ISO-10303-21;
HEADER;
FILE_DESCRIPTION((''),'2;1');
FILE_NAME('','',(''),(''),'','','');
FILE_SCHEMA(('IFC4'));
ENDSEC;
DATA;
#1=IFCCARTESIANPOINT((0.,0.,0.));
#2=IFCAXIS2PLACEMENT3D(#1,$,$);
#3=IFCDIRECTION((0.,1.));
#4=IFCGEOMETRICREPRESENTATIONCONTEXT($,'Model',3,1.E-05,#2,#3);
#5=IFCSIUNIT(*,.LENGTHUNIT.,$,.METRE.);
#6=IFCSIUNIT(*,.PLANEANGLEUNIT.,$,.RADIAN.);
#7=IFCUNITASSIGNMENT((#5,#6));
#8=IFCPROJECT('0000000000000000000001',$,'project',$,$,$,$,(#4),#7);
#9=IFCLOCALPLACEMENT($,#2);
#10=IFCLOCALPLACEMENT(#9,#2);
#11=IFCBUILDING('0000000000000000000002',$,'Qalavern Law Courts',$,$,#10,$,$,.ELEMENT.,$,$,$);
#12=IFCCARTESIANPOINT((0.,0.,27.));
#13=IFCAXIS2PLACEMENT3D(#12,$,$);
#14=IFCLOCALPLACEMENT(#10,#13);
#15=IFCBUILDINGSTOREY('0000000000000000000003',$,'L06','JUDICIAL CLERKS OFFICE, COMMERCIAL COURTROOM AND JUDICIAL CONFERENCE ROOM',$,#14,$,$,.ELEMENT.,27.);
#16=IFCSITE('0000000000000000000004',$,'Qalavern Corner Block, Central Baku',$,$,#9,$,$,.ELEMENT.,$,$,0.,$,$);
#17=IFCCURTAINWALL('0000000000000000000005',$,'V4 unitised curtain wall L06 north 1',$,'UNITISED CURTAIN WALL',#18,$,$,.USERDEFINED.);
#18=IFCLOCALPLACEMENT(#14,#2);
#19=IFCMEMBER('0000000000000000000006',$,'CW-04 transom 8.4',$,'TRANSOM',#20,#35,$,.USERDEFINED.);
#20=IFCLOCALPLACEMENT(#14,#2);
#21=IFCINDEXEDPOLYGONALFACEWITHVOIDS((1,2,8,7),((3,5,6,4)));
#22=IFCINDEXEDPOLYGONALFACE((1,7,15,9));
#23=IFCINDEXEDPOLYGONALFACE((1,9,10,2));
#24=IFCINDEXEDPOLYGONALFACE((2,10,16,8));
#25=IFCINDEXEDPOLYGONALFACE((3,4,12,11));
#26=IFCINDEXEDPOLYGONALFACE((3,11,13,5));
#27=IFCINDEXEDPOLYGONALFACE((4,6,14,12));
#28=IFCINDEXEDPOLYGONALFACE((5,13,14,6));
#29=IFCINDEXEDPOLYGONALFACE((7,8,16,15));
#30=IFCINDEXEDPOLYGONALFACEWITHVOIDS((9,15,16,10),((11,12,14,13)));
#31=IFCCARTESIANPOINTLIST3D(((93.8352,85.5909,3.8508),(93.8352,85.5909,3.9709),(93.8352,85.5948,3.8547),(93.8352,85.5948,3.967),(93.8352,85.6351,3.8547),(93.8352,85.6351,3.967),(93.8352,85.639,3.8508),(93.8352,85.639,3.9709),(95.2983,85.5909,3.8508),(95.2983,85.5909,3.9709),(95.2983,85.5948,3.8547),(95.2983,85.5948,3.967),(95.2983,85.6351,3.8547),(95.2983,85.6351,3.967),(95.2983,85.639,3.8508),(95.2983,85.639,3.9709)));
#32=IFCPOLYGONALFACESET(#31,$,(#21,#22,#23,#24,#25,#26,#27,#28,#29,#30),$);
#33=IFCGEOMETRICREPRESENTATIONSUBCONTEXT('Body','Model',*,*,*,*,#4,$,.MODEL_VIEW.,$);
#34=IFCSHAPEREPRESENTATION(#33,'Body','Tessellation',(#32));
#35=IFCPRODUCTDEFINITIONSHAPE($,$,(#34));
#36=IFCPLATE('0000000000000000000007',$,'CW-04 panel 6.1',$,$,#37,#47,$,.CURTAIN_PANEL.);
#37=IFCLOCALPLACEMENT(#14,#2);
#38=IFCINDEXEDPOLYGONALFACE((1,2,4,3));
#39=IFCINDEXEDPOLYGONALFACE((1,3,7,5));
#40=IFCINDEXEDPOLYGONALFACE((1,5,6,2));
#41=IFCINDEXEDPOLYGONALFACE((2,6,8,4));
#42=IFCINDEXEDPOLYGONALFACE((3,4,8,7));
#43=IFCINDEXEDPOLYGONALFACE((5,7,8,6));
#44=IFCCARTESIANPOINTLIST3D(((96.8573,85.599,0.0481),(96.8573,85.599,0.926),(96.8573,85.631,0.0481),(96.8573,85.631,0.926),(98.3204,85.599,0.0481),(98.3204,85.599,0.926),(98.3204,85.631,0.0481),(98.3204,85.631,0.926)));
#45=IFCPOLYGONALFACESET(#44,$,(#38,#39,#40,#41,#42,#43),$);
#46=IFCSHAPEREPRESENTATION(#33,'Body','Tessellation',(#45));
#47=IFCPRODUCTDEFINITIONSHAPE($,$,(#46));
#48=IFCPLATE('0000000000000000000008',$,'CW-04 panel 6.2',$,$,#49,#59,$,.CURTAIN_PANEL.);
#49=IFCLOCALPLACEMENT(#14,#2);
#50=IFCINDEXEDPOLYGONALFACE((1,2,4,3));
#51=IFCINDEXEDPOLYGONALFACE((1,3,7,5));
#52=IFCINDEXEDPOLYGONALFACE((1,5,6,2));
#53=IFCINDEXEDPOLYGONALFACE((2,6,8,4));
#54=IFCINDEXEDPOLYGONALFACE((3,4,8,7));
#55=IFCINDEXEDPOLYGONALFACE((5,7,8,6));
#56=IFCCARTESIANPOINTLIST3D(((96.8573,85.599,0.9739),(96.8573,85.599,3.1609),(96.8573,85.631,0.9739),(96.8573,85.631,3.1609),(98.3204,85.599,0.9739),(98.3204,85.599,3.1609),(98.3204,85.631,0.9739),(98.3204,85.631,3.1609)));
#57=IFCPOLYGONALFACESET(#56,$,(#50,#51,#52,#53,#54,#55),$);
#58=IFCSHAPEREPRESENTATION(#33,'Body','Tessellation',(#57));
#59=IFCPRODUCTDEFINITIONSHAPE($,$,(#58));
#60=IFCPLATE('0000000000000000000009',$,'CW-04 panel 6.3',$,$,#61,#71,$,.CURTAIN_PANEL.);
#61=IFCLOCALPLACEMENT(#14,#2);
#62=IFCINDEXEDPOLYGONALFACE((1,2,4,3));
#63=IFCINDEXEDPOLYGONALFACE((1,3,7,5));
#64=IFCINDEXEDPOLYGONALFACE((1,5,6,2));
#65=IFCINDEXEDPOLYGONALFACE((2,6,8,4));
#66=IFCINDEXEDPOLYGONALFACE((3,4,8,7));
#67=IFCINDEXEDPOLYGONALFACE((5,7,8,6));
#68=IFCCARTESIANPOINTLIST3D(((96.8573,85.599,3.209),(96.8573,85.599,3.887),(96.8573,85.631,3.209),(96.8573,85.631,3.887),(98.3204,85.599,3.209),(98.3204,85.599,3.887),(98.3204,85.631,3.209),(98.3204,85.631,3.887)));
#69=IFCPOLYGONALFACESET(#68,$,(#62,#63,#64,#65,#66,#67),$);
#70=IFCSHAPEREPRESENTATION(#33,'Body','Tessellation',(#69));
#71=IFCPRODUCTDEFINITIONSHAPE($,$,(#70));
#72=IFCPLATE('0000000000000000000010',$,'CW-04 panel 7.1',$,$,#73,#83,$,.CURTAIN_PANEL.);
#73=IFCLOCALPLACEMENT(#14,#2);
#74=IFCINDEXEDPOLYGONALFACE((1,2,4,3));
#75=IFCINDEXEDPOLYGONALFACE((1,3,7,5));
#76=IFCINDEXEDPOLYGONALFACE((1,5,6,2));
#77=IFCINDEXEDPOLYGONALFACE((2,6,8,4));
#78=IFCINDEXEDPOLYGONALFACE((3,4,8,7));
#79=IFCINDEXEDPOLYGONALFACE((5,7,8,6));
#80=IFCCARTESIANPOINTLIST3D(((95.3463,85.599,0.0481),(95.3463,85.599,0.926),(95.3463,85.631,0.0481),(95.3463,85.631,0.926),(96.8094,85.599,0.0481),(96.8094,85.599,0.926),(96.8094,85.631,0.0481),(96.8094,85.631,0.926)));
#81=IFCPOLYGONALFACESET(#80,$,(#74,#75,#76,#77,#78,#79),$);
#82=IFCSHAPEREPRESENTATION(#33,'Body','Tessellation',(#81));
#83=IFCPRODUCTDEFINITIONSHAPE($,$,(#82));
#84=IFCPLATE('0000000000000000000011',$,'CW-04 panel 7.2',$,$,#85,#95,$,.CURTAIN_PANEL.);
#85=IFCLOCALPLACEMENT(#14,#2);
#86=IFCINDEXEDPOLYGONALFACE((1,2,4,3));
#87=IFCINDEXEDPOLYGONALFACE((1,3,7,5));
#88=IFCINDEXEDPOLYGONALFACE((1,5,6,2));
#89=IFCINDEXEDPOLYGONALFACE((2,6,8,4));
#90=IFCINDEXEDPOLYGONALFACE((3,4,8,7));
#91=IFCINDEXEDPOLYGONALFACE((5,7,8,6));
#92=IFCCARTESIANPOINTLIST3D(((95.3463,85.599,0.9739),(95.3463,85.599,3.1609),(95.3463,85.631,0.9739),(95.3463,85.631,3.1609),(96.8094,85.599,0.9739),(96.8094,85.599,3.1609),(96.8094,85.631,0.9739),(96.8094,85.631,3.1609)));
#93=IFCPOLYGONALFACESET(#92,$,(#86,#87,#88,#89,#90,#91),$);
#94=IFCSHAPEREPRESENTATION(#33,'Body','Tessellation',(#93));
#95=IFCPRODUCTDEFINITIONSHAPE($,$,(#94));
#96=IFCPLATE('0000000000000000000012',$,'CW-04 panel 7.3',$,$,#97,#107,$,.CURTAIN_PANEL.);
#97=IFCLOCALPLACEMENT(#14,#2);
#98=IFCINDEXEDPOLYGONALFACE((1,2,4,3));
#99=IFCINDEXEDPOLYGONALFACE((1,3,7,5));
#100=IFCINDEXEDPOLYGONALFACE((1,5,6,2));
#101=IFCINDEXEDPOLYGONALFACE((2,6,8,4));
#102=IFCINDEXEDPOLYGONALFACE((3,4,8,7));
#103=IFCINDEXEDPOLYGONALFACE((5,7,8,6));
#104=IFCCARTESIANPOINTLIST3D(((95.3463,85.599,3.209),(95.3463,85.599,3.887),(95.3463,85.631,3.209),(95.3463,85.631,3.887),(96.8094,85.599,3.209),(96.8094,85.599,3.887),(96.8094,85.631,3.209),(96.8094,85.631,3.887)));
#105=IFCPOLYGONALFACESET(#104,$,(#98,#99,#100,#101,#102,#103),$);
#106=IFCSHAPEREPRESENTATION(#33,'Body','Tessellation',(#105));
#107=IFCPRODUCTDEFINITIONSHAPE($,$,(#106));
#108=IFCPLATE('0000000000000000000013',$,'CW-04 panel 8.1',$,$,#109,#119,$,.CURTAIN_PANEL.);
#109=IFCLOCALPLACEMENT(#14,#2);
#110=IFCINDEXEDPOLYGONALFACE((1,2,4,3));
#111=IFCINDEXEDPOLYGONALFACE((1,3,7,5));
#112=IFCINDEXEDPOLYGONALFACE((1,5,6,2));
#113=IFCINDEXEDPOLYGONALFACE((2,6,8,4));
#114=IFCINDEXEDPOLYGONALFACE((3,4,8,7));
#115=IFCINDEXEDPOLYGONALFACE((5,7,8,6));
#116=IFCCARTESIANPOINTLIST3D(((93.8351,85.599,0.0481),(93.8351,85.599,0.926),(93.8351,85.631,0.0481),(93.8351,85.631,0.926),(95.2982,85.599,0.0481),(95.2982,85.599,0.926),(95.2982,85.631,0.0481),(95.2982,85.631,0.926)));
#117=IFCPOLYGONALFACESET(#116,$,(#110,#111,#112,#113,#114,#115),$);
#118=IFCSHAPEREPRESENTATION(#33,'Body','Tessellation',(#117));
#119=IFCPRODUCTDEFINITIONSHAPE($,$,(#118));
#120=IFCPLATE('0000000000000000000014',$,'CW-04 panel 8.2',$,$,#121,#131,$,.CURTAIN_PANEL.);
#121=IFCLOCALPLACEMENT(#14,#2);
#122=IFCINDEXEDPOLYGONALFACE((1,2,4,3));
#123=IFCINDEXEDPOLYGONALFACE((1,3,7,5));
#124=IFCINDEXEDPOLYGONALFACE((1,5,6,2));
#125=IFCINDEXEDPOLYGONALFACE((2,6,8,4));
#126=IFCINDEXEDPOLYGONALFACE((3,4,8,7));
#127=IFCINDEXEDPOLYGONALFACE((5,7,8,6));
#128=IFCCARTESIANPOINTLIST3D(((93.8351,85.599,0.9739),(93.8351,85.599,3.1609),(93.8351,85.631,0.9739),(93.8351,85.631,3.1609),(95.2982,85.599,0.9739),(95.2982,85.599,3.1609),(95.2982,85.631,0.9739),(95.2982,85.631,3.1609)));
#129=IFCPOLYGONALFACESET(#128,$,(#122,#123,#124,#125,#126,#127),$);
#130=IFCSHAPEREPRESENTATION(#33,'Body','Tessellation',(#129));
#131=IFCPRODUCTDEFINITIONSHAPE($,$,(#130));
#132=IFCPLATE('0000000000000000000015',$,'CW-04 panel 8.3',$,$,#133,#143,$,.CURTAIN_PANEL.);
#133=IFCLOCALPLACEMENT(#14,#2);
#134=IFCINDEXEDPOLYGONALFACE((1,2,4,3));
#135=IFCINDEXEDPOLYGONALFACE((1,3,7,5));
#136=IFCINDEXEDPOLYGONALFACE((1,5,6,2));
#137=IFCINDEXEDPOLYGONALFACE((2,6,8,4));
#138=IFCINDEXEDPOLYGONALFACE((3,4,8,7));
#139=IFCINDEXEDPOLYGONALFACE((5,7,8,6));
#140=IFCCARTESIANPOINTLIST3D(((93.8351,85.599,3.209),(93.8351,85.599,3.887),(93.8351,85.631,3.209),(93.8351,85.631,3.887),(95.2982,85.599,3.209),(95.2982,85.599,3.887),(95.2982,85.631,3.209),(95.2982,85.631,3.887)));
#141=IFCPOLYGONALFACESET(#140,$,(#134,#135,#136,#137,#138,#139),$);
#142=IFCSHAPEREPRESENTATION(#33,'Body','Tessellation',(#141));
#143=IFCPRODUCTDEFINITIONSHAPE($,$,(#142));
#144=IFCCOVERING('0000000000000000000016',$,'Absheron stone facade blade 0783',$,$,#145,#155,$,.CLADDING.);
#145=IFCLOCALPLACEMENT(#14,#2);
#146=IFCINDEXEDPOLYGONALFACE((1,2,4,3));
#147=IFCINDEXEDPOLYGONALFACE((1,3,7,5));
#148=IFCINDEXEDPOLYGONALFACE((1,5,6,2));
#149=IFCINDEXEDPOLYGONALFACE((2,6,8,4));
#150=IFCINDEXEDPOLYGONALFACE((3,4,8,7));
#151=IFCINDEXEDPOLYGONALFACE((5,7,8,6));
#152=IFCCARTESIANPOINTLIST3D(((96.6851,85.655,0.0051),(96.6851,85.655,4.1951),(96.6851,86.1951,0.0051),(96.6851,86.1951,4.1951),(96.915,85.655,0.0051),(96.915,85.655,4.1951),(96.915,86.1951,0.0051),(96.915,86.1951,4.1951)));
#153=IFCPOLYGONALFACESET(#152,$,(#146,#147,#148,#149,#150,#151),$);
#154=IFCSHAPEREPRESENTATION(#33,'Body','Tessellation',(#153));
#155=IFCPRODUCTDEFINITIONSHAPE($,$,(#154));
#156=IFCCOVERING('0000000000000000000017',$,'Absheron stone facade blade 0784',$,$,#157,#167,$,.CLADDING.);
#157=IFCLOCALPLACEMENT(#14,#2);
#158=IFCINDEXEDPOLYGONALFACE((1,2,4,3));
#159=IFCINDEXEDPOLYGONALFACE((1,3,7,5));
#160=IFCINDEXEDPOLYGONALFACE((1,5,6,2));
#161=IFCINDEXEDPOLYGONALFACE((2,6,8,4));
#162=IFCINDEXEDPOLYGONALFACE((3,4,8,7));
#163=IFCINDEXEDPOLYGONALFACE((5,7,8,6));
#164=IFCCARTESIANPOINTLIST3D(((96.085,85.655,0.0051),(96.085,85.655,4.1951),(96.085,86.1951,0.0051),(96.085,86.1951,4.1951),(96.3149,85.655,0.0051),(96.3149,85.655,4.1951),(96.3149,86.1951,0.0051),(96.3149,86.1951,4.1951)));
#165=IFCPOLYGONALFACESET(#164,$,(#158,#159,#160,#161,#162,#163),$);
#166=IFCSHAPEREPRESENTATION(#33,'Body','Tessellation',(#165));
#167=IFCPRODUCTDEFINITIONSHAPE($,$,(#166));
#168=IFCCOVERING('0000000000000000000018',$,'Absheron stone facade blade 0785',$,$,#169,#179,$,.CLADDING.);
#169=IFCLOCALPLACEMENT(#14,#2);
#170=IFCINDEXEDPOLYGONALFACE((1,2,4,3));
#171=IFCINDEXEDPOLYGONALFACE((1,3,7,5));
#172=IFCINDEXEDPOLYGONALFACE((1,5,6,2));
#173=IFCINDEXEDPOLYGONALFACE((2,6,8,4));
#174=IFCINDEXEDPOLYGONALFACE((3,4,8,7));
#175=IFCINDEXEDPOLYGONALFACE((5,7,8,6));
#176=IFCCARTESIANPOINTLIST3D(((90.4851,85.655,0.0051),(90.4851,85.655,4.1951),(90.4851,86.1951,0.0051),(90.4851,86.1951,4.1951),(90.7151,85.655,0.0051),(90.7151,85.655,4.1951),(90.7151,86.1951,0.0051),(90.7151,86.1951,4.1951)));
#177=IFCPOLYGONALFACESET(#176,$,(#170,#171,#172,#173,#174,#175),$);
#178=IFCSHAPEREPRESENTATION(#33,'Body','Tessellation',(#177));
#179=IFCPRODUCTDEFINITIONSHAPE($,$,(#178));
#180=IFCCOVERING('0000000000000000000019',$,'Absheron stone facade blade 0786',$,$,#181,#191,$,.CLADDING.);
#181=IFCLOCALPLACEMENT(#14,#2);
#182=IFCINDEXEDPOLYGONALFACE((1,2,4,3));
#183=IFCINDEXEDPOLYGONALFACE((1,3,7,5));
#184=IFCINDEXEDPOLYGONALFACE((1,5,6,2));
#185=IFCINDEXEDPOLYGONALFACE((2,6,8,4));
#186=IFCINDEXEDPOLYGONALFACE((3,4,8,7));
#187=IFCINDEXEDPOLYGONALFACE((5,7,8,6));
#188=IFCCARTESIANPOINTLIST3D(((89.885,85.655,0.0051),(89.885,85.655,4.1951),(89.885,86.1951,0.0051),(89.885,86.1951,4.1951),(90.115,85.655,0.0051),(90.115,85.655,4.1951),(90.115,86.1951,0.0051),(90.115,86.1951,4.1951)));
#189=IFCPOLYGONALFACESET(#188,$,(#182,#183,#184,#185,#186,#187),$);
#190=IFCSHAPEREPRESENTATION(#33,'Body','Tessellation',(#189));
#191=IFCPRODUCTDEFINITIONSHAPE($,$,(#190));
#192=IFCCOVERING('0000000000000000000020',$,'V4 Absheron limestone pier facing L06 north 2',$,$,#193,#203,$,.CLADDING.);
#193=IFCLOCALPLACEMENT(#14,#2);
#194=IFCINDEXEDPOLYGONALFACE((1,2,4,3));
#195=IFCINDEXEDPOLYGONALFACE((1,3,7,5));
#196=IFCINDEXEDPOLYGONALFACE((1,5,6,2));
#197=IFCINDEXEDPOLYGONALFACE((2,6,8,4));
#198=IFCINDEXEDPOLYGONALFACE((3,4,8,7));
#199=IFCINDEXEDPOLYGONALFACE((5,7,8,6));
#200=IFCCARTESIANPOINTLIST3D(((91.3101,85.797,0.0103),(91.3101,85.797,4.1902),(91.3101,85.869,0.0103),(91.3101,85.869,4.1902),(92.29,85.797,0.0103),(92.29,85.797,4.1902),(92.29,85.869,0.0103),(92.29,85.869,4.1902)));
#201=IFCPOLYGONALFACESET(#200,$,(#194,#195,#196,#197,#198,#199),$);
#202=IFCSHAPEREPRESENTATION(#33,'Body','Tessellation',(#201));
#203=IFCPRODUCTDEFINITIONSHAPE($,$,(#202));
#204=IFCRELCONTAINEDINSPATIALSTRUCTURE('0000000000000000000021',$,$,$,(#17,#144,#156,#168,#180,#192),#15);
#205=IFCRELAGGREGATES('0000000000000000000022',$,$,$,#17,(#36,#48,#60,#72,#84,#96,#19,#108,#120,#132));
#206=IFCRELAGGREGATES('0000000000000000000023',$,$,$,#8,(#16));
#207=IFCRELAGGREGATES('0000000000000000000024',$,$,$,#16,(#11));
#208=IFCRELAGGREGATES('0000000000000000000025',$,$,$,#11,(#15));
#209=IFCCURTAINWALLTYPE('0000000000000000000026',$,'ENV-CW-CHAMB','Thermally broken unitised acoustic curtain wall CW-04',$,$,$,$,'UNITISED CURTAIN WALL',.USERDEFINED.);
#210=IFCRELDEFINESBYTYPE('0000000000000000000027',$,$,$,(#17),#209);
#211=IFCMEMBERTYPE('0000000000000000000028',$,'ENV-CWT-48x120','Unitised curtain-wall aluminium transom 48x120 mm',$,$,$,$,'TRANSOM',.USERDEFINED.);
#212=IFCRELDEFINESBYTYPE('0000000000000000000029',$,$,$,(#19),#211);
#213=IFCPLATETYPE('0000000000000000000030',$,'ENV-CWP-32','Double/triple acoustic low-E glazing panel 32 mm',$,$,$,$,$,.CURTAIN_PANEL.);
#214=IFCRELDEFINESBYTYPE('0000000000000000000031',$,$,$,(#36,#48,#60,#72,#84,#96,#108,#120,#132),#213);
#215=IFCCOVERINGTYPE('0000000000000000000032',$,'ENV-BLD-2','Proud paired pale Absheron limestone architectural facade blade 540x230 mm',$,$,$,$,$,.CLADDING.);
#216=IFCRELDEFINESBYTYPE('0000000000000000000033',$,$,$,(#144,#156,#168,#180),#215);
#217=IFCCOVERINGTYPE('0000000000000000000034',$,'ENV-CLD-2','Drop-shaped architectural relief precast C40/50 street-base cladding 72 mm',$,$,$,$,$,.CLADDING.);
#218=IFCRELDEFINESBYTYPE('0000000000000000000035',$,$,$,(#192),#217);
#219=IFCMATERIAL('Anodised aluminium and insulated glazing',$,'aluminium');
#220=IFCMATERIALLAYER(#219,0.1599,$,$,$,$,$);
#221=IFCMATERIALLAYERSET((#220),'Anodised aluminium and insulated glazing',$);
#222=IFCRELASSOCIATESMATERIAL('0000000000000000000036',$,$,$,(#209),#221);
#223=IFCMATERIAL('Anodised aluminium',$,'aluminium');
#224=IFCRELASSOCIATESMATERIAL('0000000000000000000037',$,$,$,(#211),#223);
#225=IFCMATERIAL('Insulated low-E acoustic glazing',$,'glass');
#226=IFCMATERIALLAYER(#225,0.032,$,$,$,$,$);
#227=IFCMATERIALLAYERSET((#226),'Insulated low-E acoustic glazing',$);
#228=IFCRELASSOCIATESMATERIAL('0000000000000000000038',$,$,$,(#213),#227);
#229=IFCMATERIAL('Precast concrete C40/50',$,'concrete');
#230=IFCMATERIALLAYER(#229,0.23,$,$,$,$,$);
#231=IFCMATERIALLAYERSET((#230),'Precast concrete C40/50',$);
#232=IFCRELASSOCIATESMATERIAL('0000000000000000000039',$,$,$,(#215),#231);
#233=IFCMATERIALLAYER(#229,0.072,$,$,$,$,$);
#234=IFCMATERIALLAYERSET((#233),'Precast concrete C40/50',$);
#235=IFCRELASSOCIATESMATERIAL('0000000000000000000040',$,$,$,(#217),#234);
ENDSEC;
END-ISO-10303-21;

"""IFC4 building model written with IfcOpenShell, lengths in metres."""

from ifc_helpers import new_model, si_unit, direction, frame, origin, origin_2d, place, context, subcontext, project, spatial, rectangle, hollow_rectangle, extrude, material, layer, layer_set, material_profile, profile_set, type_object, element, aggregate, save


model = new_model("IFC4")

# Units and contexts
model_context = context("Model", 3, precision=1e-05, world=origin(), true_north=direction((0.0, 1.0)))
body_context = subcontext(model_context, "Body", "Model", "MODEL_VIEW")
ifc_project = project(units=[si_unit("LENGTHUNIT", "METRE"), si_unit("PLANEANGLEUNIT", "RADIAN")], contexts=[model_context])

# Site, building, storey
site_placement = place(None, origin())
site = spatial("IfcSite", under=ifc_project, at=site_placement, Name="Qalavern Corner Block, Central Baku", CompositionType="ELEMENT", RefElevation=0.0)
building_placement = place(site_placement, origin())
building = spatial("IfcBuilding", under=site, at=building_placement, Name="Qalavern Law Courts", CompositionType="ELEMENT")
storey_placement = place(building_placement, frame((0.0, 0.0, 27.0)))
storey = spatial("IfcBuildingStorey", under=building, at=storey_placement, Name="L06", Description="JUDICIAL CLERKS OFFICE, COMMERCIAL COURTROOM AND JUDICIAL CONFERENCE ROOM", CompositionType="ELEMENT", Elevation=27.0)

# Curtain wall, member, plates
ifc_material_1 = material(Name="Anodised aluminium and insulated glazing", Category="aluminium")
ifc_layer_1 = layer(ifc_material_1, 0.1599)
ifc_layer_set_1 = layer_set([ifc_layer_1], Name="Anodised aluminium and insulated glazing")
curtain_wall_type = type_object("IfcCurtainWallType", Name="ENV-CW-CHAMB", Description="Thermally broken unitised acoustic curtain wall CW-04", ElementType="UNITISED CURTAIN WALL", PredefinedType="USERDEFINED", material=ifc_layer_set_1)
curtain_wall_placement = place(storey_placement, origin())
curtain_wall = element("IfcCurtainWall", 1, at=curtain_wall_placement, inside=storey, type_object=curtain_wall_type, Name="V4 unitised curtain wall L06 north 1", ObjectType="UNITISED CURTAIN WALL", PredefinedType="USERDEFINED")
ifc_material_2 = material(Name="Anodised aluminium", Category="aluminium")
ifc_material_profile_1 = material_profile(ifc_material_2, hollow_rectangle(XDim=0.0481, YDim=0.1201, WallThickness=0.0039, at=origin_2d()), Name="ALU TRANSOM 48x120")
ifc_profile_set_1 = profile_set([ifc_material_profile_1], Name="Anodised aluminium")
member_type_1 = type_object("IfcMemberType", Name="ENV-CWT-48x120", Description="Unitised curtain-wall aluminium transom 48x120 mm", ElementType="TRANSOM", PredefinedType="USERDEFINED", material=ifc_profile_set_1)
member_1_placement = place(storey_placement, frame((95.2983, 85.615, 3.9109), z_axis=(-1.0, 0.0, 0.0), x_axis=(0.0, -1.0, 0.0)))
member_1 = element("IfcMember", 2, at=member_1_placement, type_object=member_type_1, Name="CW-04 transom 8.4", ObjectType="TRANSOM", PredefinedType="USERDEFINED", context=body_context, shape_type="SweptSolid", body=[
    extrude(hollow_rectangle(XDim=0.0481, YDim=0.1201, WallThickness=0.0039, at=origin_2d()), origin(), (0.0, 0.0, 1.0), 1.4631),
])
ifc_material_3 = material(Name="Insulated low-E acoustic glazing", Category="glass")
ifc_layer_2 = layer(ifc_material_3, 0.032)
ifc_layer_set_2 = layer_set([ifc_layer_2], Name="Insulated low-E acoustic glazing")
plate_type = type_object("IfcPlateType", Name="ENV-CWP-32", Description="Double/triple acoustic low-E glazing panel 32 mm", PredefinedType="CURTAIN_PANEL", material=ifc_layer_set_2)
plate_1_placement = place(storey_placement, frame((97.5889, 85.615, 0.0481), z_axis=(0.0, 0.0, 1.0), x_axis=(-1.0, 0.0, 0.0)))
plate_1 = element("IfcPlate", 3, at=plate_1_placement, type_object=plate_type, Name="CW-04 panel 6.1", PredefinedType="CURTAIN_PANEL", context=body_context, shape_type="SweptSolid", body=[
    extrude(rectangle(XDim=1.4631, YDim=0.032, at=origin_2d()), origin(), (0.0, 0.0, 1.0), 0.8779),
])
plate_2_placement = place(storey_placement, frame((97.5889, 85.615, 0.9739), z_axis=(0.0, 0.0, 1.0), x_axis=(-1.0, 0.0, 0.0)))
plate_2 = element("IfcPlate", 4, at=plate_2_placement, type_object=plate_type, Name="CW-04 panel 6.2", PredefinedType="CURTAIN_PANEL", context=body_context, shape_type="SweptSolid", body=[
    extrude(rectangle(XDim=1.4631, YDim=0.032, at=origin_2d()), origin(), (0.0, 0.0, 1.0), 2.187),
])
plate_3_placement = place(storey_placement, frame((97.5889, 85.615, 3.209), z_axis=(0.0, 0.0, 1.0), x_axis=(-1.0, 0.0, 0.0)))
plate_3 = element("IfcPlate", 5, at=plate_3_placement, type_object=plate_type, Name="CW-04 panel 6.3", PredefinedType="CURTAIN_PANEL", context=body_context, shape_type="SweptSolid", body=[
    extrude(rectangle(XDim=1.4631, YDim=0.032, at=origin_2d()), origin(), (0.0, 0.0, 1.0), 0.678),
])
plate_4_placement = place(storey_placement, frame((96.0779, 85.615, 0.0481), z_axis=(0.0, 0.0, 1.0), x_axis=(-1.0, 0.0, 0.0)))
plate_4 = element("IfcPlate", 6, at=plate_4_placement, type_object=plate_type, Name="CW-04 panel 7.1", PredefinedType="CURTAIN_PANEL", context=body_context, shape_type="SweptSolid", body=[
    extrude(rectangle(XDim=1.4631, YDim=0.032, at=origin_2d()), origin(), (0.0, 0.0, 1.0), 0.8779),
])
plate_5_placement = place(storey_placement, frame((96.0779, 85.615, 0.9739), z_axis=(0.0, 0.0, 1.0), x_axis=(-1.0, 0.0, 0.0)))
plate_5 = element("IfcPlate", 7, at=plate_5_placement, type_object=plate_type, Name="CW-04 panel 7.2", PredefinedType="CURTAIN_PANEL", context=body_context, shape_type="SweptSolid", body=[
    extrude(rectangle(XDim=1.4631, YDim=0.032, at=origin_2d()), origin(), (0.0, 0.0, 1.0), 2.187),
])
plate_6_placement = place(storey_placement, frame((96.0779, 85.615, 3.209), z_axis=(0.0, 0.0, 1.0), x_axis=(-1.0, 0.0, 0.0)))
plate_6 = element("IfcPlate", 8, at=plate_6_placement, type_object=plate_type, Name="CW-04 panel 7.3", PredefinedType="CURTAIN_PANEL", context=body_context, shape_type="SweptSolid", body=[
    extrude(rectangle(XDim=1.4631, YDim=0.032, at=origin_2d()), origin(), (0.0, 0.0, 1.0), 0.678),
])
plate_7_placement = place(storey_placement, frame((94.5667, 85.615, 0.0481), z_axis=(0.0, 0.0, 1.0), x_axis=(-1.0, 0.0, 0.0)))
plate_7 = element("IfcPlate", 9, at=plate_7_placement, type_object=plate_type, Name="CW-04 panel 8.1", PredefinedType="CURTAIN_PANEL", context=body_context, shape_type="SweptSolid", body=[
    extrude(rectangle(XDim=1.4631, YDim=0.032, at=origin_2d()), origin(), (0.0, 0.0, 1.0), 0.8779),
])
plate_8_placement = place(storey_placement, frame((94.5667, 85.615, 0.9739), z_axis=(0.0, 0.0, 1.0), x_axis=(-1.0, 0.0, 0.0)))
plate_8 = element("IfcPlate", 10, at=plate_8_placement, type_object=plate_type, Name="CW-04 panel 8.2", PredefinedType="CURTAIN_PANEL", context=body_context, shape_type="SweptSolid", body=[
    extrude(rectangle(XDim=1.4631, YDim=0.032, at=origin_2d()), origin(), (0.0, 0.0, 1.0), 2.187),
])
plate_9_placement = place(storey_placement, frame((94.5667, 85.615, 3.209), z_axis=(0.0, 0.0, 1.0), x_axis=(-1.0, 0.0, 0.0)))
plate_9 = element("IfcPlate", 11, at=plate_9_placement, type_object=plate_type, Name="CW-04 panel 8.3", PredefinedType="CURTAIN_PANEL", context=body_context, shape_type="SweptSolid", body=[
    extrude(rectangle(XDim=1.4631, YDim=0.032, at=origin_2d()), origin(), (0.0, 0.0, 1.0), 0.678),
])
aggregate(curtain_wall, [plate_1, plate_2, plate_3, plate_4, plate_5, plate_6, member_1, plate_7, plate_8, plate_9])

# Coverings
ifc_material_4 = material(Name="Precast concrete C40/50", Category="concrete")
ifc_layer_3 = layer(ifc_material_4, 0.23)
ifc_layer_set_3 = layer_set([ifc_layer_3], Name="Precast concrete C40/50")
covering_type_1 = type_object("IfcCoveringType", Name="ENV-BLD-2", Description="Proud paired pale Absheron limestone architectural facade blade 540x230 mm", PredefinedType="CLADDING", material=ifc_layer_set_3)
for number, where, z_axis, x_axis, name in (
    (12, (96.8, 85.925, 0.0051), (0.0, 0.0, 1.0), (0.0, 1.0, 0.0), "Absheron stone facade blade 0783"),
    (13, (96.2, 85.925, 0.0051), (0.0, 0.0, 1.0), (0.0, 1.0, 0.0), "Absheron stone facade blade 0784"),
    (14, (90.6001, 85.925, 0.0051), (0.0, 0.0, 1.0), (0.0, 1.0, 0.0), "Absheron stone facade blade 0785"),
    (15, (90.0, 85.925, 0.0051), (0.0, 0.0, 1.0), (0.0, 1.0, 0.0), "Absheron stone facade blade 0786"),
):
    element("IfcCovering", number, at=place(storey_placement, frame(where, z_axis=z_axis, x_axis=x_axis)), inside=storey, type_object=covering_type_1, Name=name, PredefinedType="CLADDING", context=body_context, shape_type="SweptSolid", body=[
        extrude(rectangle(XDim=0.54, YDim=0.23, at=origin_2d()), origin(), (0.0, 0.0, 1.0), 4.1899),
    ])
ifc_layer_4 = layer(ifc_material_4, 0.072)
ifc_layer_set_4 = layer_set([ifc_layer_4], Name="Precast concrete C40/50")
covering_type_2 = type_object("IfcCoveringType", Name="ENV-CLD-2", Description="Drop-shaped architectural relief precast C40/50 street-base cladding 72 mm", PredefinedType="CLADDING", material=ifc_layer_set_4)
covering_placement = place(storey_placement, frame((91.8, 85.833, 0.0103), z_axis=(0.0, 0.0, 1.0), x_axis=(-1.0, 0.0, 0.0)))
element("IfcCovering", 16, at=covering_placement, inside=storey, type_object=covering_type_2, Name="V4 Absheron limestone pier facing L06 north 2", PredefinedType="CLADDING", context=body_context, shape_type="SweptSolid", body=[
    extrude(rectangle(XDim=0.98, YDim=0.072, at=origin_2d()), origin(), (0.0, 0.0, 1.0), 4.1799),
])

save(model, "model.ifc")
